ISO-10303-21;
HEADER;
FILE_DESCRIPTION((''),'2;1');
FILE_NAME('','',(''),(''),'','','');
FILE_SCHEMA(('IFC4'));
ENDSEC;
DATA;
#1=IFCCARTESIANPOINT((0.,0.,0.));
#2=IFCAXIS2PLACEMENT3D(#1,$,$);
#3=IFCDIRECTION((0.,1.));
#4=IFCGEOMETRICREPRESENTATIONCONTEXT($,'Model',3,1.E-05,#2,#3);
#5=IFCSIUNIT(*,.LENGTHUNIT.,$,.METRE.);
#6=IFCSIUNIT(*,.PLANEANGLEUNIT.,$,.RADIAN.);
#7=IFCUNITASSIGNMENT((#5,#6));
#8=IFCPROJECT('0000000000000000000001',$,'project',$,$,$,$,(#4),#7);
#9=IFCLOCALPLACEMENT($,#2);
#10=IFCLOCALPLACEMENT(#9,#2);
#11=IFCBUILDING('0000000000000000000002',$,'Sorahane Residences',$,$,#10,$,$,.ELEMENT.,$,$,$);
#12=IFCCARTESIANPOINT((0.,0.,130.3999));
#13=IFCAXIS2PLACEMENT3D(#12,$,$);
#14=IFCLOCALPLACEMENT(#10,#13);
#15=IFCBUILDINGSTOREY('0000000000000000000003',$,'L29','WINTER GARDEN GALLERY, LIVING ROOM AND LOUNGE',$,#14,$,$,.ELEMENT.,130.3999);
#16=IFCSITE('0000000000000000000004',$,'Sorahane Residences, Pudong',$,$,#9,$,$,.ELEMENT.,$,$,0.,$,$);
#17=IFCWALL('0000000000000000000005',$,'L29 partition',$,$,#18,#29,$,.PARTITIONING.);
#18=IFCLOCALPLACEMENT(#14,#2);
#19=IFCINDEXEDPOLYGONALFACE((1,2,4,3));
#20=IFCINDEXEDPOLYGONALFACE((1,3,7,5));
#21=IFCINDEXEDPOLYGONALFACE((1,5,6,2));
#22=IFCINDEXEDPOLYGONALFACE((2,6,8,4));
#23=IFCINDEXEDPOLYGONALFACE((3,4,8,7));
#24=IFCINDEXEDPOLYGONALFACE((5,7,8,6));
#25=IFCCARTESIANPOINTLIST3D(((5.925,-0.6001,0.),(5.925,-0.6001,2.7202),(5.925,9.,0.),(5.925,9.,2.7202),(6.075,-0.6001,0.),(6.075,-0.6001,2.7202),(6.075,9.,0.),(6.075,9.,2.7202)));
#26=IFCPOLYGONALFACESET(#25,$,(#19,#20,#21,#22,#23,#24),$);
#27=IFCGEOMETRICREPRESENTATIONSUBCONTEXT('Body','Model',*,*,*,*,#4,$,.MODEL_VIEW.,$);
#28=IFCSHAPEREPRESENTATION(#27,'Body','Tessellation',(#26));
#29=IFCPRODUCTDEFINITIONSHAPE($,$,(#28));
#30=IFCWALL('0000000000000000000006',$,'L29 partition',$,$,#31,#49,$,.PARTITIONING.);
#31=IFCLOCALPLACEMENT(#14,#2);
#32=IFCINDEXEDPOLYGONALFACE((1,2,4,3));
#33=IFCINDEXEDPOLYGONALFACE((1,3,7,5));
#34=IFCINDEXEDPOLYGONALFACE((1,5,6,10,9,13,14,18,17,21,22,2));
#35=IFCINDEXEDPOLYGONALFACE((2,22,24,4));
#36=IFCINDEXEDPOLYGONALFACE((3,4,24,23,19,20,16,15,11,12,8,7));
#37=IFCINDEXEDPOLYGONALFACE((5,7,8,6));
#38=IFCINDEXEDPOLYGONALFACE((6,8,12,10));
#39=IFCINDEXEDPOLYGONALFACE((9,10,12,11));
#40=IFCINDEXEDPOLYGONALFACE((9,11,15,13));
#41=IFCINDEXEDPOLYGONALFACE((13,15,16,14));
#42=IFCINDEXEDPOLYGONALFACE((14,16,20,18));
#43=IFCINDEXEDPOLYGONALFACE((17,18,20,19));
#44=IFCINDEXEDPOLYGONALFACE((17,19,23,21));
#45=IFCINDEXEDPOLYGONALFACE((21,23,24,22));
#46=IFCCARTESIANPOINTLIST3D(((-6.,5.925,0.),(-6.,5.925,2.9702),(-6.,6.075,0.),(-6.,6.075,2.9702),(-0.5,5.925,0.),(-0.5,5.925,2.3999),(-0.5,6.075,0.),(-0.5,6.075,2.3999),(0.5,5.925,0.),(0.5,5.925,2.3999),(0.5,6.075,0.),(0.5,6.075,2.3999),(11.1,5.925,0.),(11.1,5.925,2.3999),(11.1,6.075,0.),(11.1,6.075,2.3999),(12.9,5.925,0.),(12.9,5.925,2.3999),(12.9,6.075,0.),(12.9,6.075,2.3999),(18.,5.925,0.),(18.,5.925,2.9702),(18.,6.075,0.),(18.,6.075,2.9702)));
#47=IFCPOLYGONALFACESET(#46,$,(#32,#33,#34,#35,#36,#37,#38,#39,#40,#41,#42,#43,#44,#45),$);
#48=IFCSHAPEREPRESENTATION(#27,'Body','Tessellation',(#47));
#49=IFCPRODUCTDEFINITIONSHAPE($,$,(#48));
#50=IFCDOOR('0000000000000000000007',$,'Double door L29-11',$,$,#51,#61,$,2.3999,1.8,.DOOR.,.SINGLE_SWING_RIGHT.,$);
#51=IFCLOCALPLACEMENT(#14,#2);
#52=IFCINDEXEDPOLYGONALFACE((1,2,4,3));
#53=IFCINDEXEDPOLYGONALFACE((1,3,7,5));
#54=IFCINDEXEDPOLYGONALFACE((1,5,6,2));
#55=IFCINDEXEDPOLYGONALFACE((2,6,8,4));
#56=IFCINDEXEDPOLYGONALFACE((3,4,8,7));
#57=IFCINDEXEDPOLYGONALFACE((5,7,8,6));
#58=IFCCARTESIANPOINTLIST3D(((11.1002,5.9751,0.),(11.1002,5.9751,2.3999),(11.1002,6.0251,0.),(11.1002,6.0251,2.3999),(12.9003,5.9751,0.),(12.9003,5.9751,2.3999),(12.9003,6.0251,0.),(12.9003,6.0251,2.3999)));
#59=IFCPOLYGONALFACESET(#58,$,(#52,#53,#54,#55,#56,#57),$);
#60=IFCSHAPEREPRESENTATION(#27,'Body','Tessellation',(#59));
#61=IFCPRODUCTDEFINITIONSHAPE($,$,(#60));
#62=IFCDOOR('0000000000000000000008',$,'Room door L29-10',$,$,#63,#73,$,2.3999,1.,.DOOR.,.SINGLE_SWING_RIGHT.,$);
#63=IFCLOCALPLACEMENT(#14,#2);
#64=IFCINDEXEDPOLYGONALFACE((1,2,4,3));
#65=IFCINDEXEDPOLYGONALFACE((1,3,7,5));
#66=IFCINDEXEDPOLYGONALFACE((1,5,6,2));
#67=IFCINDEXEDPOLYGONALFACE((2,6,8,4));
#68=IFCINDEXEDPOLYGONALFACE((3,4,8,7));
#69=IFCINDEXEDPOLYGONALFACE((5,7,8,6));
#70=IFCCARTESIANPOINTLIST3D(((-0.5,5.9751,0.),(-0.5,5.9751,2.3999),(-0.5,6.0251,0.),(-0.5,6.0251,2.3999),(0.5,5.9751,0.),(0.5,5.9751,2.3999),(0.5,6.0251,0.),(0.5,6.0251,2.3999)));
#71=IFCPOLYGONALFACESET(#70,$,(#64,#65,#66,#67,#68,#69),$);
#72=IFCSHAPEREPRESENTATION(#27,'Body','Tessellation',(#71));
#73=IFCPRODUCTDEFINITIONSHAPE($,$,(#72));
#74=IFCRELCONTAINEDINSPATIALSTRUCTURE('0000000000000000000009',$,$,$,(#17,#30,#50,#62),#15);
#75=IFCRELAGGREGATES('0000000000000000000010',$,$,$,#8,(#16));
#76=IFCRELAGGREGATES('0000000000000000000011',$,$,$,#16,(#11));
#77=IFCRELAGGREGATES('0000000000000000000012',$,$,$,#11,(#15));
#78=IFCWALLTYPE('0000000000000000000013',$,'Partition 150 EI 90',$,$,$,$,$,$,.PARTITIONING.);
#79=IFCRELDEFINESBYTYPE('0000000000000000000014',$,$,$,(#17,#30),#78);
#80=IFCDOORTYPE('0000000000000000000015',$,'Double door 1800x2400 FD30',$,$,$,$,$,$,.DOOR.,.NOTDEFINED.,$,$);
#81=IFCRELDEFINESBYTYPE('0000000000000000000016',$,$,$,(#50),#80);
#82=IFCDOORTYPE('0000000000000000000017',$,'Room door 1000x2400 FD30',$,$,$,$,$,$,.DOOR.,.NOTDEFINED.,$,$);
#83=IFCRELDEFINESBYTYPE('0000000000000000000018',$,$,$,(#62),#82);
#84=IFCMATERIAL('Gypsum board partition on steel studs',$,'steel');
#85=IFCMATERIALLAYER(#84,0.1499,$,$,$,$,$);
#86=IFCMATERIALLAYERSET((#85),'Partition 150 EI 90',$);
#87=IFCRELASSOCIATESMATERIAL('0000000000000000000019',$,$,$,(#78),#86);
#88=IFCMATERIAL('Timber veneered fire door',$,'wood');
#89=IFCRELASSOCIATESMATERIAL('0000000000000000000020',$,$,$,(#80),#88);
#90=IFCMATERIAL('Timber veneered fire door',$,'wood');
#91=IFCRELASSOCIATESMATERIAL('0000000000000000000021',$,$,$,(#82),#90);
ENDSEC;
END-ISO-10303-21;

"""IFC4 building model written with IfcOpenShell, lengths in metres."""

from ifc_helpers import new_model, si_unit, direction, frame, frame_2d, origin, place, context, subcontext, project, spatial, rectangle, extrude, material, layer, layer_set, type_object, element, fill, save


model = new_model("IFC4")

# Units and contexts
model_context = context("Model", 3, precision=1e-05, world=origin(), true_north=direction((0.0, 1.0)))
body_context = subcontext(model_context, "Body", "Model", "MODEL_VIEW")
ifc_project = project(units=[si_unit("LENGTHUNIT", "METRE"), si_unit("PLANEANGLEUNIT", "RADIAN")], contexts=[model_context])

# Site, building, storey
site_placement = place(None, origin())
site = spatial("IfcSite", under=ifc_project, at=site_placement, Name="Sorahane Residences, Pudong", CompositionType="ELEMENT", RefElevation=0.0)
building_placement = place(site_placement, origin())
building = spatial("IfcBuilding", under=site, at=building_placement, Name="Sorahane Residences", CompositionType="ELEMENT")
storey_placement = place(building_placement, frame((0.0, 0.0, 130.3999)))
storey = spatial("IfcBuildingStorey", under=building, at=storey_placement, Name="L29", Description="WINTER GARDEN GALLERY, LIVING ROOM AND LOUNGE", CompositionType="ELEMENT", Elevation=130.3999)

# Wall
ifc_material_1 = material(Name="Gypsum board partition on steel studs", Category="steel")
ifc_layer_1 = layer(ifc_material_1, 0.1499)
ifc_layer_set_1 = layer_set([ifc_layer_1], Name="Partition 150 EI 90")
wall_type = type_object("IfcWallType", Name="Partition 150 EI 90", PredefinedType="PARTITIONING", material=ifc_layer_set_1)
wall_1_placement = place(storey_placement, frame((6.0, -0.6001, 0.0), z_axis=(0.0, 0.0, 1.0), x_axis=(0.0, 1.0, 0.0)))
element("IfcWall", 1, at=wall_1_placement, inside=storey, type_object=wall_type, Name="L29 partition", PredefinedType="PARTITIONING", context=body_context, shape_type="SweptSolid", body=[
    extrude(rectangle(XDim=9.6001, YDim=0.1499, at=frame_2d((4.8, 0.0))), origin(), (0.0, 0.0, 1.0), 2.7202),
])

# Wall, openings, doors
wall_2_placement = place(storey_placement, frame((-6.0, 6.0, 0.0), z_axis=(0.0, 0.0, 1.0), x_axis=(1.0, 0.0, 0.0)))
wall_2 = element("IfcWall", 2, at=wall_2_placement, inside=storey, type_object=wall_type, Name="L29 partition", PredefinedType="PARTITIONING", context=body_context, shape_type="SweptSolid", body=[
    extrude(rectangle(XDim=24.0, YDim=0.1499, at=frame_2d((12.0, 0.0))), origin(), (0.0, 0.0, 1.0), 2.9702),
])
opening_1_placement = place(wall_2_placement, frame((5.5, 0.0, 0.0)))
opening_1 = element("IfcOpeningElement", 3, at=opening_1_placement, cuts=wall_2, PredefinedType="OPENING", context=body_context, shape_type="SweptSolid", body=[
    extrude(rectangle(XDim=1.0, YDim=2.3999, at=frame_2d((0.5, 1.2))), frame((0.0, 0.085, 0.0), z_axis=(0.0, -1.0, 0.0), x_axis=(1.0, 0.0, 0.0)), (0.0, 0.0, 1.0), 0.1699),
])
opening_2_placement = place(wall_2_placement, frame((17.1001, 0.0, 0.0)))
opening_2 = element("IfcOpeningElement", 4, at=opening_2_placement, cuts=wall_2, PredefinedType="OPENING", context=body_context, shape_type="SweptSolid", body=[
    extrude(rectangle(XDim=1.8, YDim=2.3999, at=frame_2d((0.8999, 1.2))), frame((0.0, 0.085, 0.0), z_axis=(0.0, -1.0, 0.0), x_axis=(1.0, 0.0, 0.0)), (0.0, 0.0, 1.0), 0.1699),
])
ifc_material_2 = material(Name="Timber veneered fire door", Category="wood")
door_type_1 = type_object("IfcDoorType", Name="Double door 1800x2400 FD30", OperationType="NOTDEFINED", PredefinedType="DOOR", material=ifc_material_2)
door_1_placement = place(opening_2_placement, frame((1.8, 0.0, 0.0), z_axis=(0.0, 0.0, 1.0), x_axis=(-1.0, 0.0, 0.0)))
door_1 = element("IfcDoor", 5, at=door_1_placement, inside=storey, type_object=door_type_1, Name="Double door L29-11", OperationType="SINGLE_SWING_RIGHT", OverallHeight=2.3999, OverallWidth=1.8, PredefinedType="DOOR", context=body_context, shape_type="SweptSolid", body=[
    extrude(rectangle(XDim=1.8, YDim=2.3999, at=frame_2d((0.8999, 1.2))), frame((0.0, 0.0249, 0.0), z_axis=(0.0, -1.0, 0.0), x_axis=(1.0, 0.0, 0.0)), (0.0, 0.0, 1.0), 0.05),
])
fill(opening_2, door_1)
ifc_material_3 = material(Name="Timber veneered fire door", Category="wood")
door_type_2 = type_object("IfcDoorType", Name="Room door 1000x2400 FD30", OperationType="NOTDEFINED", PredefinedType="DOOR", material=ifc_material_3)
door_2_placement = place(opening_1_placement, frame((1.0, 0.0, 0.0), z_axis=(0.0, 0.0, 1.0), x_axis=(-1.0, 0.0, 0.0)))
door_2 = element("IfcDoor", 6, at=door_2_placement, inside=storey, type_object=door_type_2, Name="Room door L29-10", OperationType="SINGLE_SWING_RIGHT", OverallHeight=2.3999, OverallWidth=1.0, PredefinedType="DOOR", context=body_context, shape_type="SweptSolid", body=[
    extrude(rectangle(XDim=1.0, YDim=2.3999, at=frame_2d((0.5, 1.2))), frame((0.0, 0.0249, 0.0), z_axis=(0.0, -1.0, 0.0), x_axis=(1.0, 0.0, 0.0)), (0.0, 0.0, 1.0), 0.05),
])
fill(opening_1, door_2)

save(model, "model.ifc")
